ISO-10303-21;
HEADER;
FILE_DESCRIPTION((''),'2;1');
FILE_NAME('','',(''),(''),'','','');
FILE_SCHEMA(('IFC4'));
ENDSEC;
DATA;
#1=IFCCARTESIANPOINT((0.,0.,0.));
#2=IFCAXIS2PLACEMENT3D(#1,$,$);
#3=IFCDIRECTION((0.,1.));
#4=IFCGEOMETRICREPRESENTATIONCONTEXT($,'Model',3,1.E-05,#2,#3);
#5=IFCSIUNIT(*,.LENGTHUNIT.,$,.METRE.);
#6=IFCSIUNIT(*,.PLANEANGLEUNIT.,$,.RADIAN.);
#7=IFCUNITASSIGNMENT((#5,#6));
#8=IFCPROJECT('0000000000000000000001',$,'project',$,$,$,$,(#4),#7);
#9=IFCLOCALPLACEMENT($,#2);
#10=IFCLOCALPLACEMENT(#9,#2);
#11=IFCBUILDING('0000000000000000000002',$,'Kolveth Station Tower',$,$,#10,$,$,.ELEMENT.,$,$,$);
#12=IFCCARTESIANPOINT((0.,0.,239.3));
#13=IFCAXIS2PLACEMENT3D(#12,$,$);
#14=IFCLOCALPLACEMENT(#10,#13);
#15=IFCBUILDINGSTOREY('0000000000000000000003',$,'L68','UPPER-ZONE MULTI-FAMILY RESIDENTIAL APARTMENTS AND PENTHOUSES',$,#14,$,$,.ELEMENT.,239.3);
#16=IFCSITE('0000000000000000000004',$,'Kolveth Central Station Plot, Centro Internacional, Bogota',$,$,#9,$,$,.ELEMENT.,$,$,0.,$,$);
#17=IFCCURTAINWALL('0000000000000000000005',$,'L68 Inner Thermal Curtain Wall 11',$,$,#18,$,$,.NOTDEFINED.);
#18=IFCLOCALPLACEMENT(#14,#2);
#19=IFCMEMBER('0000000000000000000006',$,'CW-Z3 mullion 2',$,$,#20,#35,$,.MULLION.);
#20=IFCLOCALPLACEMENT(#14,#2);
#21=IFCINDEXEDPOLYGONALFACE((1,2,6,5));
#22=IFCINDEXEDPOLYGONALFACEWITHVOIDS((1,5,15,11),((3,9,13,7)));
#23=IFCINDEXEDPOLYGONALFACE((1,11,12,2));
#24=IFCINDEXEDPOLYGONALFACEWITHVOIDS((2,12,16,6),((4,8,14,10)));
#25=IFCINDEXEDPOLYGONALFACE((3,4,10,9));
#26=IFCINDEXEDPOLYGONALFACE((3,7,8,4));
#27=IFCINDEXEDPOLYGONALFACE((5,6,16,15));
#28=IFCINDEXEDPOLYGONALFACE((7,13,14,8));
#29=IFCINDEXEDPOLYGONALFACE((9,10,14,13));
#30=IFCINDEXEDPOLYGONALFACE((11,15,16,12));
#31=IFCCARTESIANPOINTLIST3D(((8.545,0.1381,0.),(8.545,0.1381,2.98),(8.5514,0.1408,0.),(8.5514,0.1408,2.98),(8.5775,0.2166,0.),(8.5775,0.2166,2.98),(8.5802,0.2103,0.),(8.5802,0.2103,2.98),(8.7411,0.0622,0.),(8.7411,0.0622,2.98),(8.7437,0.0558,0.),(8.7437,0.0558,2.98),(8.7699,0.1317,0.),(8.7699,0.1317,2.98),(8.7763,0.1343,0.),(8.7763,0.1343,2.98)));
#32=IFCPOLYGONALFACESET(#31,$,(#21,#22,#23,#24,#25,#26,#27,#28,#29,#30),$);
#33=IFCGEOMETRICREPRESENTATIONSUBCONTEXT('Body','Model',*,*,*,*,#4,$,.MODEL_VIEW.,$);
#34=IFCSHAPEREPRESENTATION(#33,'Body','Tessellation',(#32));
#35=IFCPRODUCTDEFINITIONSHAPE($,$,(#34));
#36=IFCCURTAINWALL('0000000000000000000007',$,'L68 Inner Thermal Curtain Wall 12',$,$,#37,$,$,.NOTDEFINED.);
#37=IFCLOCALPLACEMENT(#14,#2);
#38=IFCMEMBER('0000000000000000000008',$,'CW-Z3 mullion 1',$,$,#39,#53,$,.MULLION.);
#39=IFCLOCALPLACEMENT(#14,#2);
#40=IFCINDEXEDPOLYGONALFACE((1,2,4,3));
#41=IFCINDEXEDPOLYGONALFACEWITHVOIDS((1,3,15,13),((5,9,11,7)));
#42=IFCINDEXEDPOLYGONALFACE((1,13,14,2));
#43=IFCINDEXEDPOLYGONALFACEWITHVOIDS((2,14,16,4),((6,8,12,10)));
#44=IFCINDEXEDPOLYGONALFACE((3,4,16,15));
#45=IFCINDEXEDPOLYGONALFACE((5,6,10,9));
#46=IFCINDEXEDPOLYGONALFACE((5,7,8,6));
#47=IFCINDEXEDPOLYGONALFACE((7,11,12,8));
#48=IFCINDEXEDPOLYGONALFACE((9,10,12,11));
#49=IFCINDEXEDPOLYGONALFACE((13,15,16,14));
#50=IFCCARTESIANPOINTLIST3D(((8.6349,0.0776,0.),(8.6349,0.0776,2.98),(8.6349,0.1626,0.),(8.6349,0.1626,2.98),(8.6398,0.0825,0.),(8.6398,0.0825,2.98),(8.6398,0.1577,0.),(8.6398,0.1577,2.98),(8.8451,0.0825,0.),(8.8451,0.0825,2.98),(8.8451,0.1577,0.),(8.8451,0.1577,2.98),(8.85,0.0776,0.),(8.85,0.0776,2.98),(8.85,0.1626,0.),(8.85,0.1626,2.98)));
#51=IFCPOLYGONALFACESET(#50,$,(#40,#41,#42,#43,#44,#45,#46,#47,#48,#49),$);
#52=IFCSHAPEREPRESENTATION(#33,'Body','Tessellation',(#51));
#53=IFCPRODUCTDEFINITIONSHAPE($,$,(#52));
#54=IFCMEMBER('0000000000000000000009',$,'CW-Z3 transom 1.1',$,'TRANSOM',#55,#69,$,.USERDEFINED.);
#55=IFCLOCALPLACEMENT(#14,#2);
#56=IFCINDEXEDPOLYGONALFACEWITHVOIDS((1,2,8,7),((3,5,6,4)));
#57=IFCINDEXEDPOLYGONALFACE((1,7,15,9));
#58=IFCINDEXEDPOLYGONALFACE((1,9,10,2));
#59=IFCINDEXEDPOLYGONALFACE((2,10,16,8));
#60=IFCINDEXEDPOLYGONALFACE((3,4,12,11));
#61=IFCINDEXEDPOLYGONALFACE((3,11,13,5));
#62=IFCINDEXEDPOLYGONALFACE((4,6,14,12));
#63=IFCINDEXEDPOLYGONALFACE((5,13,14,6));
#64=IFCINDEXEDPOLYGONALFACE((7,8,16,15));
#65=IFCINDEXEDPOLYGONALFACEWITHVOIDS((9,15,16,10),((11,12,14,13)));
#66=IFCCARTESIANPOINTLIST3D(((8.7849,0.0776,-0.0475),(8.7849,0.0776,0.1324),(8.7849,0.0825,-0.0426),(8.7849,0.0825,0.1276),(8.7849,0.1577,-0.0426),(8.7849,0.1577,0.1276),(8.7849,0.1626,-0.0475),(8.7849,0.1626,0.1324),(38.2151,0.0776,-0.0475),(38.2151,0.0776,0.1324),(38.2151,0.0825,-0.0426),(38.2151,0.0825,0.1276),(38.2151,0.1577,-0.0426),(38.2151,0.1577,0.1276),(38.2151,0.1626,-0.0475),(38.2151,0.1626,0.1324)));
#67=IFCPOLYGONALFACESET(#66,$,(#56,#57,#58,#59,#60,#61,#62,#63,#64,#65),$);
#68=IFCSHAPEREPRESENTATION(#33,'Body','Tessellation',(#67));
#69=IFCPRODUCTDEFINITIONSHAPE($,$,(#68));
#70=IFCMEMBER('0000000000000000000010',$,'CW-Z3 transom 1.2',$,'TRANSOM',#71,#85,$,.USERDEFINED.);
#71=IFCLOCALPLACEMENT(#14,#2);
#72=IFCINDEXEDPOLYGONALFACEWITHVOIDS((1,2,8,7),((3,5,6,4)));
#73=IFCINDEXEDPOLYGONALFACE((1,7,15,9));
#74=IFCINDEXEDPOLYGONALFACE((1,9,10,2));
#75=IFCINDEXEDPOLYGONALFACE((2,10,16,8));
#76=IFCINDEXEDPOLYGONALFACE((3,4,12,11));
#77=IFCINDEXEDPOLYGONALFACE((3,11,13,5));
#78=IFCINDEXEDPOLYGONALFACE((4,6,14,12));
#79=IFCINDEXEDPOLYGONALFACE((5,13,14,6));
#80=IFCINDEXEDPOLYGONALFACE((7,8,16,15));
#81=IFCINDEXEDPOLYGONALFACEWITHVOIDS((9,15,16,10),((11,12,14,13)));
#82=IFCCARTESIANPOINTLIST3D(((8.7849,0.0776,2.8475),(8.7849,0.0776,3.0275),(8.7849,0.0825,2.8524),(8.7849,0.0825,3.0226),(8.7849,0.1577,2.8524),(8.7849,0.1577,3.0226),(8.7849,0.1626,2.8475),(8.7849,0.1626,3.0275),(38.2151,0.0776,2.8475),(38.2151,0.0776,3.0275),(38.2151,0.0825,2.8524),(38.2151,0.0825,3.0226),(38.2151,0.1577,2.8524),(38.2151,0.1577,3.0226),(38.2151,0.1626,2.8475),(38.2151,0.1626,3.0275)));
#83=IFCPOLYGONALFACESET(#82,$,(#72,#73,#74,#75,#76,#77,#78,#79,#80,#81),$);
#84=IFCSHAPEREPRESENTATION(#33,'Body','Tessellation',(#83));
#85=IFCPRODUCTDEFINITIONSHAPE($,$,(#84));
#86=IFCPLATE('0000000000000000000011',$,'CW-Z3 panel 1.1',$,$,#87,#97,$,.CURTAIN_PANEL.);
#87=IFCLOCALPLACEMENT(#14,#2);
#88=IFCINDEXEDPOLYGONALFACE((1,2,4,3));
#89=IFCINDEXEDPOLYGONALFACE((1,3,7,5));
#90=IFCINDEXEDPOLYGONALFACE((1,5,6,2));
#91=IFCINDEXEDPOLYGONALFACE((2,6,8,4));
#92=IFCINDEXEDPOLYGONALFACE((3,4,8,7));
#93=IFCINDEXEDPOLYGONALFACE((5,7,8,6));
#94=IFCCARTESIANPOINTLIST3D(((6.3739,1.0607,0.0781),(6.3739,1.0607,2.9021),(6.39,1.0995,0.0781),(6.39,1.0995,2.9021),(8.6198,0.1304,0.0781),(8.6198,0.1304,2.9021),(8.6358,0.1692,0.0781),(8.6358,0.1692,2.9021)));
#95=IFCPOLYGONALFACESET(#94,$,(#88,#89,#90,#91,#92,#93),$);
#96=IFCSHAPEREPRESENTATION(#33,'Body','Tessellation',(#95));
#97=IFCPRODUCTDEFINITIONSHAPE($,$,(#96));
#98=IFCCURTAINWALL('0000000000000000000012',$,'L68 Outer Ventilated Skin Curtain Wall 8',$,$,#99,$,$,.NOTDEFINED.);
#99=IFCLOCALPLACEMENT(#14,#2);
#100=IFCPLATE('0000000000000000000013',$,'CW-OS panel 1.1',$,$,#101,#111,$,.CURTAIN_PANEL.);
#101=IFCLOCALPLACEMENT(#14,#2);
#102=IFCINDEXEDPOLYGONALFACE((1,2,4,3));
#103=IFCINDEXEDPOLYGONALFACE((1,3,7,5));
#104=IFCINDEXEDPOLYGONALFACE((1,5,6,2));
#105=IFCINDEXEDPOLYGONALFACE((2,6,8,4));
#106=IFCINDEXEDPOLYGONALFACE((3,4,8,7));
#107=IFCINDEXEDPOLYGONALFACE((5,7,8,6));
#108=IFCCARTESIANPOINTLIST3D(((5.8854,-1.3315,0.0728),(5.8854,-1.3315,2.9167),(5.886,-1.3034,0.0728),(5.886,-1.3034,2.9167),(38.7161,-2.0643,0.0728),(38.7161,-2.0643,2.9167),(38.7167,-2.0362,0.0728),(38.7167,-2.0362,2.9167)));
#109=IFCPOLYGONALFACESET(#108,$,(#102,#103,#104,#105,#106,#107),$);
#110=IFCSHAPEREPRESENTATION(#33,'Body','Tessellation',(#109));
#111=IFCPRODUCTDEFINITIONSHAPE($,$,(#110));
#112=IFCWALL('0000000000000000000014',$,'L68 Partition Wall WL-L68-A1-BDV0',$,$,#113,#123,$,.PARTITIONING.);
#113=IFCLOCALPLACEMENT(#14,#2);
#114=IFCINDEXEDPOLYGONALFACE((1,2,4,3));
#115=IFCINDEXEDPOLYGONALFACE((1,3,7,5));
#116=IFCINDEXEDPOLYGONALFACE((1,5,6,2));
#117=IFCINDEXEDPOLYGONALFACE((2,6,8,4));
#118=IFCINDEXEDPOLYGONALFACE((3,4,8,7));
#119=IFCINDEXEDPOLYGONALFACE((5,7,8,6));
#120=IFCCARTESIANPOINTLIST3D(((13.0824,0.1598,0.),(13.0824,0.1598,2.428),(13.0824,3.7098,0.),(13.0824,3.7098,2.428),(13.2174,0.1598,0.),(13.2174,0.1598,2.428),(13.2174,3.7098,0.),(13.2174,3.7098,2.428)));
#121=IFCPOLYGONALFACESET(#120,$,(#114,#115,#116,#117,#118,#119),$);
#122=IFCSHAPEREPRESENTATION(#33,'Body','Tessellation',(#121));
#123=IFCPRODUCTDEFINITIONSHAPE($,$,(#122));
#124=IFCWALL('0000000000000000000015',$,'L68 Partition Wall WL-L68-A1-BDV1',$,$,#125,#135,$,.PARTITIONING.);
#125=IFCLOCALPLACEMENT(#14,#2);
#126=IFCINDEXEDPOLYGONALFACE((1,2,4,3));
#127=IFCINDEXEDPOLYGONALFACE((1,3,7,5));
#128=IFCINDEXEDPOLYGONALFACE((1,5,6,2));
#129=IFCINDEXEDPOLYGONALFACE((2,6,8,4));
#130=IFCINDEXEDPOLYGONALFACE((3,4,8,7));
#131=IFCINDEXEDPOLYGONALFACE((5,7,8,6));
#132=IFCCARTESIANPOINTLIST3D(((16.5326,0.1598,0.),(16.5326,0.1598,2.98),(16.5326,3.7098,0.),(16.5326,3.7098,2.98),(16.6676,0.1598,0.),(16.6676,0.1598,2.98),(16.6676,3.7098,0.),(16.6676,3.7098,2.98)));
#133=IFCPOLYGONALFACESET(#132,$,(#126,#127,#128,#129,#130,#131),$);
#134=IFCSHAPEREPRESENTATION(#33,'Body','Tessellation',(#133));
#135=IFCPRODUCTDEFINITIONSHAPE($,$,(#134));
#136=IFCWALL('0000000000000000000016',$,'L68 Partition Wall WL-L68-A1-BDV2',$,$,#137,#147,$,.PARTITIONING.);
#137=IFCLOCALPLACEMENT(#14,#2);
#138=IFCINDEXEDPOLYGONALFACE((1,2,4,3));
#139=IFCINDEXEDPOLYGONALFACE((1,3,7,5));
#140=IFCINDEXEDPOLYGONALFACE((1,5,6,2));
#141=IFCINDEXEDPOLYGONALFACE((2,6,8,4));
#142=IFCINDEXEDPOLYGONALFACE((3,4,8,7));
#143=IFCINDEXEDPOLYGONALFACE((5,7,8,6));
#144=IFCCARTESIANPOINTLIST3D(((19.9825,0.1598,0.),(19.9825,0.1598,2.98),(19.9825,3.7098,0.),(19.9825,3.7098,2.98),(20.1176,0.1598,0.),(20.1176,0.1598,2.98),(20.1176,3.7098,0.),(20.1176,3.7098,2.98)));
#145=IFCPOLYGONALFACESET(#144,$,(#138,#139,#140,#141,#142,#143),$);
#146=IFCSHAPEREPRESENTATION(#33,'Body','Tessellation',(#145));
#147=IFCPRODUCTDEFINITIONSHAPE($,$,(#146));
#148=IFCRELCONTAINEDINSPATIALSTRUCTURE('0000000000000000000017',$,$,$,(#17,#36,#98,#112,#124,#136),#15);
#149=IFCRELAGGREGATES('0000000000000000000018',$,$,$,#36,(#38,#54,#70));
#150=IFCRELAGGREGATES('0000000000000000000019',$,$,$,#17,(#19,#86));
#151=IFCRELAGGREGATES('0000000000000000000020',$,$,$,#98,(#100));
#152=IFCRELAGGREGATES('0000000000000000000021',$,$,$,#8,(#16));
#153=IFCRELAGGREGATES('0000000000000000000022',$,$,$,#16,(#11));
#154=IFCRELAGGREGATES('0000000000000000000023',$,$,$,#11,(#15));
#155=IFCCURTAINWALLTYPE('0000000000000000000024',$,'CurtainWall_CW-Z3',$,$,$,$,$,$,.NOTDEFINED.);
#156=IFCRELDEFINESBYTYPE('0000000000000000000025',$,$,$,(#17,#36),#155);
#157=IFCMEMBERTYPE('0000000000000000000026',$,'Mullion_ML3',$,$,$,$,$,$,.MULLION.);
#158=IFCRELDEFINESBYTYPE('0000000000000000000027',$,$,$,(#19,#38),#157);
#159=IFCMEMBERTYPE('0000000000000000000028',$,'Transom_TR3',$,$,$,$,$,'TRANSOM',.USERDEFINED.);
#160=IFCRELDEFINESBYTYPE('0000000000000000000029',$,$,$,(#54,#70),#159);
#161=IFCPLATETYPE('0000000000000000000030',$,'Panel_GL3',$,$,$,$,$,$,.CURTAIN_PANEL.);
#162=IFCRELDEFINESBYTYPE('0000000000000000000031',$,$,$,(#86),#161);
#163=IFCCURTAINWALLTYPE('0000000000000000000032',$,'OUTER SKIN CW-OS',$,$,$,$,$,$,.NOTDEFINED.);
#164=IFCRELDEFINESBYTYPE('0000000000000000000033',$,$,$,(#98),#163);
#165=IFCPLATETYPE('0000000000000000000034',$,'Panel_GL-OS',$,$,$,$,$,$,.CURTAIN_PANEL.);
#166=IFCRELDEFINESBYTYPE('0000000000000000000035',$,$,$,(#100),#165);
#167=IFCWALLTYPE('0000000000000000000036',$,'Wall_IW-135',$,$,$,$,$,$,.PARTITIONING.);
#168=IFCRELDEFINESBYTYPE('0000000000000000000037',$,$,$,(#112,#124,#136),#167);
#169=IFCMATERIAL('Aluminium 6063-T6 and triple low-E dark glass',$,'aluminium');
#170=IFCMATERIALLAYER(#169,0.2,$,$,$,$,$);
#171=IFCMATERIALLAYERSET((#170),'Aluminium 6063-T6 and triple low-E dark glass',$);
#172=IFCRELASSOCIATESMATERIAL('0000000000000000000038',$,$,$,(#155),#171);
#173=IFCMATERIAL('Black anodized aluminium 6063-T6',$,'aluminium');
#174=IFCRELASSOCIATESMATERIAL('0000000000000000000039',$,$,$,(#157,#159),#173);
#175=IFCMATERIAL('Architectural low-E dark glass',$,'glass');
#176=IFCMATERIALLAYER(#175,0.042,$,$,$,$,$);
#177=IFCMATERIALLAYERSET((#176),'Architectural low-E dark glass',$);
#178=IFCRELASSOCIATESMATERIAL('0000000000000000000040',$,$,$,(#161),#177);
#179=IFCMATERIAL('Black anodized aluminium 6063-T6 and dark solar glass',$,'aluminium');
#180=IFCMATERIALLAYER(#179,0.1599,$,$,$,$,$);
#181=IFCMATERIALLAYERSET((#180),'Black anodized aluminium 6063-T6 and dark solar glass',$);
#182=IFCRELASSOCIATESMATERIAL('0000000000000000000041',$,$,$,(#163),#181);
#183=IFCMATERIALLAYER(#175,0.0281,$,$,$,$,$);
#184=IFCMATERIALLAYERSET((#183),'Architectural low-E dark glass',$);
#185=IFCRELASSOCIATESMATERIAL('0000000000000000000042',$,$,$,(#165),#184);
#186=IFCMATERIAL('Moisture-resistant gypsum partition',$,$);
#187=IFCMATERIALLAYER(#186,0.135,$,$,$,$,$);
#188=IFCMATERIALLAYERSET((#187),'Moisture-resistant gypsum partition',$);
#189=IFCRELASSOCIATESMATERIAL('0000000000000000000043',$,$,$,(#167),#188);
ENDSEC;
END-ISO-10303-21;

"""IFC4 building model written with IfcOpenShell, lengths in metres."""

from ifc_helpers import new_model, si_unit, direction, frame, frame_2d, origin, origin_2d, place, context, subcontext, project, spatial, rectangle, hollow_rectangle, extrude, source, transform, mapped, material, layer, layer_set, material_profile, profile_set, type_object, element, aggregate, save


model = new_model("IFC4")

# Units and contexts
model_context = context("Model", 3, precision=1e-05, world=origin(), true_north=direction((0.0, 1.0)))
body_context = subcontext(model_context, "Body", "Model", "MODEL_VIEW")
ifc_project = project(units=[si_unit("LENGTHUNIT", "METRE"), si_unit("PLANEANGLEUNIT", "RADIAN")], contexts=[model_context])

# Site, building, storey
site_placement = place(None, origin())
site = spatial("IfcSite", under=ifc_project, at=site_placement, Name="Kolveth Central Station Plot, Centro Internacional, Bogota", CompositionType="ELEMENT", RefElevation=0.0)
building_placement = place(site_placement, origin())
building = spatial("IfcBuilding", under=site, at=building_placement, Name="Kolveth Station Tower", CompositionType="ELEMENT")
storey_placement = place(building_placement, frame((0.0, 0.0, 239.3)))
storey = spatial("IfcBuildingStorey", under=building, at=storey_placement, Name="L68", Description="UPPER-ZONE MULTI-FAMILY RESIDENTIAL APARTMENTS AND PENTHOUSES", CompositionType="ELEMENT", Elevation=239.3)

# Curtain wall, member
ifc_material_1 = material(Name="Aluminium 6063-T6 and triple low-E dark glass", Category="aluminium")
ifc_layer_1 = layer(ifc_material_1, 0.2)
ifc_layer_set_1 = layer_set([ifc_layer_1], Name="Aluminium 6063-T6 and triple low-E dark glass")
curtain_wall_type_1 = type_object("IfcCurtainWallType", Name="CurtainWall_CW-Z3", PredefinedType="NOTDEFINED", material=ifc_layer_set_1)
curtain_wall_1_placement = place(storey_placement, origin())
curtain_wall_1 = element("IfcCurtainWall", 1, at=curtain_wall_1_placement, inside=storey, type_object=curtain_wall_type_1, Name="L68 Inner Thermal Curtain Wall 11", PredefinedType="NOTDEFINED")
ifc_material_2 = material(Name="Black anodized aluminium 6063-T6", Category="aluminium")
ifc_material_profile_1 = material_profile(ifc_material_2, hollow_rectangle(XDim=0.085, YDim=0.2151, WallThickness=0.0049, at=origin_2d()), Name="ALU-85x215x5")
ifc_profile_set_1 = profile_set([ifc_material_profile_1], Name="Black anodized aluminium 6063-T6")
member_type_1 = type_object("IfcMemberType", Name="Mullion_ML3", PredefinedType="MULLION", material=ifc_profile_set_1)
shared_shape_1 = source(origin(), body_context, "Body", "SweptSolid", [
    extrude(hollow_rectangle(XDim=0.085, YDim=0.2151, WallThickness=0.0049, at=origin_2d()), origin(), (0.0, 0.0, 1.0), 2.98),
])
member_1_placement = place(storey_placement, frame((8.6606, 0.1362, 0.0), z_axis=(0.0, 0.0, 1.0), x_axis=(0.382693, 0.923875, 0.0)))
member_1 = element("IfcMember", 2, at=member_1_placement, type_object=member_type_1, Name="CW-Z3 mullion 2", PredefinedType="MULLION", context=body_context, shape_type="MappedRepresentation", body=[
    mapped(shared_shape_1, transform((0.0, 0.0, 0.0), x_axis=(1.0, 0.0, 0.0), y_axis=(0.0, 1.0, 0.0), z_axis=(0.0, 0.0, 1.0), scale=1.0)),
])

# Curtain wall, members
curtain_wall_2_placement = place(storey_placement, origin())
curtain_wall_2 = element("IfcCurtainWall", 3, at=curtain_wall_2_placement, inside=storey, type_object=curtain_wall_type_1, Name="L68 Inner Thermal Curtain Wall 12", PredefinedType="NOTDEFINED")
member_2_placement = place(storey_placement, frame((8.7424, 0.1201, 0.0), z_axis=(0.0, 0.0, 1.0), x_axis=(0.0, 1.0, 0.0)))
member_2 = element("IfcMember", 4, at=member_2_placement, type_object=member_type_1, Name="CW-Z3 mullion 1", PredefinedType="MULLION", context=body_context, shape_type="MappedRepresentation", body=[
    mapped(shared_shape_1, transform((0.0, 0.0, 0.0), x_axis=(1.0, 0.0, 0.0), y_axis=(0.0, 1.0, 0.0), z_axis=(0.0, 0.0, 1.0), scale=1.0)),
])
ifc_material_profile_2 = material_profile(ifc_material_2, hollow_rectangle(XDim=0.085, YDim=0.1799, WallThickness=0.0049, at=origin_2d()), Name="ALU-85x180x5")
ifc_profile_set_2 = profile_set([ifc_material_profile_2], Name="Black anodized aluminium 6063-T6")
member_type_2 = type_object("IfcMemberType", Name="Transom_TR3", ElementType="TRANSOM", PredefinedType="USERDEFINED", material=ifc_profile_set_2)
shared_shape_2 = source(origin(), body_context, "Body", "SweptSolid", [
    extrude(hollow_rectangle(XDim=0.085, YDim=0.1799, WallThickness=0.0049, at=origin_2d()), origin(), (0.0, 0.0, 1.0), 29.4302),
])
member_3_placement = place(storey_placement, frame((8.7849, 0.1201, 0.0425), z_axis=(1.0, 0.0, 0.0), x_axis=(0.0, 1.0, 0.0)))
member_3 = element("IfcMember", 5, at=member_3_placement, type_object=member_type_2, Name="CW-Z3 transom 1.1", ObjectType="TRANSOM", PredefinedType="USERDEFINED", context=body_context, shape_type="MappedRepresentation", body=[
    mapped(shared_shape_2, transform((0.0, 0.0, 0.0), x_axis=(1.0, 0.0, 0.0), y_axis=(0.0, 1.0, 0.0), z_axis=(0.0, 0.0, 1.0), scale=1.0)),
])
member_4_placement = place(storey_placement, frame((8.7849, 0.1201, 2.9375), z_axis=(1.0, 0.0, 0.0), x_axis=(0.0, 1.0, 0.0)))
member_4 = element("IfcMember", 6, at=member_4_placement, type_object=member_type_2, Name="CW-Z3 transom 1.2", ObjectType="TRANSOM", PredefinedType="USERDEFINED", context=body_context, shape_type="MappedRepresentation", body=[
    mapped(shared_shape_2, transform((0.0, 0.0, 0.0), x_axis=(1.0, 0.0, 0.0), y_axis=(0.0, 1.0, 0.0), z_axis=(0.0, 0.0, 1.0), scale=1.0)),
])
aggregate(curtain_wall_2, [member_2, member_3, member_4])

# Plate
ifc_material_3 = material(Name="Architectural low-E dark glass", Category="glass")
ifc_layer_2 = layer(ifc_material_3, 0.042)
ifc_layer_set_2 = layer_set([ifc_layer_2], Name="Architectural low-E dark glass")
plate_type_1 = type_object("IfcPlateType", Name="Panel_GL3", PredefinedType="CURTAIN_PANEL", material=ifc_layer_set_2)
shared_shape_3 = source(origin(), body_context, "Body", "SweptSolid", [
    extrude(rectangle(XDim=2.4309, YDim=0.042, at=origin_2d()), origin(), (0.0, 0.0, 1.0), 2.824),
])
plate_1_placement = place(storey_placement, frame((7.5049, 0.615, 0.0781), z_axis=(0.0, 0.0, 1.0), x_axis=(0.923875, -0.382693, 0.0)))
plate_1 = element("IfcPlate", 7, at=plate_1_placement, type_object=plate_type_1, Name="CW-Z3 panel 1.1", PredefinedType="CURTAIN_PANEL", context=body_context, shape_type="MappedRepresentation", body=[
    mapped(shared_shape_3, transform((0.0, 0.0, 0.0), x_axis=(1.0, 0.0, 0.0), y_axis=(0.0, 1.0, 0.0), z_axis=(0.0, 0.0, 1.0), scale=1.0)),
])
aggregate(curtain_wall_1, [member_1, plate_1])

# Curtain wall, plate
ifc_material_4 = material(Name="Black anodized aluminium 6063-T6 and dark solar glass", Category="aluminium")
ifc_layer_3 = layer(ifc_material_4, 0.1599)
ifc_layer_set_3 = layer_set([ifc_layer_3], Name="Black anodized aluminium 6063-T6 and dark solar glass")
curtain_wall_type_2 = type_object("IfcCurtainWallType", Name="OUTER SKIN CW-OS", PredefinedType="NOTDEFINED", material=ifc_layer_set_3)
curtain_wall_3_placement = place(storey_placement, origin())
curtain_wall_3 = element("IfcCurtainWall", 8, at=curtain_wall_3_placement, inside=storey, type_object=curtain_wall_type_2, Name="L68 Outer Ventilated Skin Curtain Wall 8", PredefinedType="NOTDEFINED")
ifc_layer_4 = layer(ifc_material_3, 0.0281)
ifc_layer_set_4 = layer_set([ifc_layer_4], Name="Architectural low-E dark glass")
plate_type_2 = type_object("IfcPlateType", Name="Panel_GL-OS", PredefinedType="CURTAIN_PANEL", material=ifc_layer_set_4)
shared_shape_4 = source(origin(), body_context, "Body", "SweptSolid", [
    extrude(rectangle(XDim=32.8389, YDim=0.0281, at=origin_2d()), origin(), (0.0, 0.0, 1.0), 2.844),
])
plate_2_placement = place(storey_placement, frame((22.301, -1.6838, 0.0728), z_axis=(0.0, 0.0, 1.0), x_axis=(0.999751, -0.022315, 0.0)))
plate_2 = element("IfcPlate", 9, at=plate_2_placement, type_object=plate_type_2, Name="CW-OS panel 1.1", PredefinedType="CURTAIN_PANEL", context=body_context, shape_type="MappedRepresentation", body=[
    mapped(shared_shape_4, transform((0.0, 0.0, 0.0), x_axis=(1.0, 0.0, 0.0), y_axis=(0.0, 1.0, 0.0), z_axis=(0.0, 0.0, 1.0), scale=1.0)),
])
aggregate(curtain_wall_3, [plate_2])

# Wall
ifc_material_5 = material(Name="Moisture-resistant gypsum partition")
ifc_layer_5 = layer(ifc_material_5, 0.135)
ifc_layer_set_5 = layer_set([ifc_layer_5], Name="Moisture-resistant gypsum partition")
wall_type = type_object("IfcWallType", Name="Wall_IW-135", PredefinedType="PARTITIONING", material=ifc_layer_set_5)
wall_1_placement = place(storey_placement, frame((13.1499, 0.1599, 0.0), z_axis=(0.0, 0.0, 1.0), x_axis=(0.0, 1.0, 0.0)))
element("IfcWall", 10, at=wall_1_placement, inside=storey, type_object=wall_type, Name="L68 Partition Wall WL-L68-A1-BDV0", PredefinedType="PARTITIONING", context=body_context, shape_type="SweptSolid", body=[
    extrude(rectangle(XDim=3.55, YDim=0.135, at=frame_2d((1.7749, 0.0))), origin(), (0.0, 0.0, 1.0), 2.428),
])

# Wall
wall_2_placement = place(storey_placement, frame((16.6001, 0.1599, 0.0), z_axis=(0.0, 0.0, 1.0), x_axis=(0.0, 1.0, 0.0)))
element("IfcWall", 11, at=wall_2_placement, inside=storey, type_object=wall_type, Name="L68 Partition Wall WL-L68-A1-BDV1", PredefinedType="PARTITIONING", context=body_context, shape_type="SweptSolid", body=[
    extrude(rectangle(XDim=3.55, YDim=0.135, at=frame_2d((1.7749, 0.0))), origin(), (0.0, 0.0, 1.0), 2.98),
])

# Wall
wall_3_placement = place(storey_placement, frame((20.05, 0.1599, 0.0), z_axis=(0.0, 0.0, 1.0), x_axis=(0.0, 1.0, 0.0)))
element("IfcWall", 12, at=wall_3_placement, inside=storey, type_object=wall_type, Name="L68 Partition Wall WL-L68-A1-BDV2", PredefinedType="PARTITIONING", context=body_context, shape_type="SweptSolid", body=[
    extrude(rectangle(XDim=3.55, YDim=0.135, at=frame_2d((1.7749, 0.0))), origin(), (0.0, 0.0, 1.0), 2.98),
])

save(model, "model.ifc")
